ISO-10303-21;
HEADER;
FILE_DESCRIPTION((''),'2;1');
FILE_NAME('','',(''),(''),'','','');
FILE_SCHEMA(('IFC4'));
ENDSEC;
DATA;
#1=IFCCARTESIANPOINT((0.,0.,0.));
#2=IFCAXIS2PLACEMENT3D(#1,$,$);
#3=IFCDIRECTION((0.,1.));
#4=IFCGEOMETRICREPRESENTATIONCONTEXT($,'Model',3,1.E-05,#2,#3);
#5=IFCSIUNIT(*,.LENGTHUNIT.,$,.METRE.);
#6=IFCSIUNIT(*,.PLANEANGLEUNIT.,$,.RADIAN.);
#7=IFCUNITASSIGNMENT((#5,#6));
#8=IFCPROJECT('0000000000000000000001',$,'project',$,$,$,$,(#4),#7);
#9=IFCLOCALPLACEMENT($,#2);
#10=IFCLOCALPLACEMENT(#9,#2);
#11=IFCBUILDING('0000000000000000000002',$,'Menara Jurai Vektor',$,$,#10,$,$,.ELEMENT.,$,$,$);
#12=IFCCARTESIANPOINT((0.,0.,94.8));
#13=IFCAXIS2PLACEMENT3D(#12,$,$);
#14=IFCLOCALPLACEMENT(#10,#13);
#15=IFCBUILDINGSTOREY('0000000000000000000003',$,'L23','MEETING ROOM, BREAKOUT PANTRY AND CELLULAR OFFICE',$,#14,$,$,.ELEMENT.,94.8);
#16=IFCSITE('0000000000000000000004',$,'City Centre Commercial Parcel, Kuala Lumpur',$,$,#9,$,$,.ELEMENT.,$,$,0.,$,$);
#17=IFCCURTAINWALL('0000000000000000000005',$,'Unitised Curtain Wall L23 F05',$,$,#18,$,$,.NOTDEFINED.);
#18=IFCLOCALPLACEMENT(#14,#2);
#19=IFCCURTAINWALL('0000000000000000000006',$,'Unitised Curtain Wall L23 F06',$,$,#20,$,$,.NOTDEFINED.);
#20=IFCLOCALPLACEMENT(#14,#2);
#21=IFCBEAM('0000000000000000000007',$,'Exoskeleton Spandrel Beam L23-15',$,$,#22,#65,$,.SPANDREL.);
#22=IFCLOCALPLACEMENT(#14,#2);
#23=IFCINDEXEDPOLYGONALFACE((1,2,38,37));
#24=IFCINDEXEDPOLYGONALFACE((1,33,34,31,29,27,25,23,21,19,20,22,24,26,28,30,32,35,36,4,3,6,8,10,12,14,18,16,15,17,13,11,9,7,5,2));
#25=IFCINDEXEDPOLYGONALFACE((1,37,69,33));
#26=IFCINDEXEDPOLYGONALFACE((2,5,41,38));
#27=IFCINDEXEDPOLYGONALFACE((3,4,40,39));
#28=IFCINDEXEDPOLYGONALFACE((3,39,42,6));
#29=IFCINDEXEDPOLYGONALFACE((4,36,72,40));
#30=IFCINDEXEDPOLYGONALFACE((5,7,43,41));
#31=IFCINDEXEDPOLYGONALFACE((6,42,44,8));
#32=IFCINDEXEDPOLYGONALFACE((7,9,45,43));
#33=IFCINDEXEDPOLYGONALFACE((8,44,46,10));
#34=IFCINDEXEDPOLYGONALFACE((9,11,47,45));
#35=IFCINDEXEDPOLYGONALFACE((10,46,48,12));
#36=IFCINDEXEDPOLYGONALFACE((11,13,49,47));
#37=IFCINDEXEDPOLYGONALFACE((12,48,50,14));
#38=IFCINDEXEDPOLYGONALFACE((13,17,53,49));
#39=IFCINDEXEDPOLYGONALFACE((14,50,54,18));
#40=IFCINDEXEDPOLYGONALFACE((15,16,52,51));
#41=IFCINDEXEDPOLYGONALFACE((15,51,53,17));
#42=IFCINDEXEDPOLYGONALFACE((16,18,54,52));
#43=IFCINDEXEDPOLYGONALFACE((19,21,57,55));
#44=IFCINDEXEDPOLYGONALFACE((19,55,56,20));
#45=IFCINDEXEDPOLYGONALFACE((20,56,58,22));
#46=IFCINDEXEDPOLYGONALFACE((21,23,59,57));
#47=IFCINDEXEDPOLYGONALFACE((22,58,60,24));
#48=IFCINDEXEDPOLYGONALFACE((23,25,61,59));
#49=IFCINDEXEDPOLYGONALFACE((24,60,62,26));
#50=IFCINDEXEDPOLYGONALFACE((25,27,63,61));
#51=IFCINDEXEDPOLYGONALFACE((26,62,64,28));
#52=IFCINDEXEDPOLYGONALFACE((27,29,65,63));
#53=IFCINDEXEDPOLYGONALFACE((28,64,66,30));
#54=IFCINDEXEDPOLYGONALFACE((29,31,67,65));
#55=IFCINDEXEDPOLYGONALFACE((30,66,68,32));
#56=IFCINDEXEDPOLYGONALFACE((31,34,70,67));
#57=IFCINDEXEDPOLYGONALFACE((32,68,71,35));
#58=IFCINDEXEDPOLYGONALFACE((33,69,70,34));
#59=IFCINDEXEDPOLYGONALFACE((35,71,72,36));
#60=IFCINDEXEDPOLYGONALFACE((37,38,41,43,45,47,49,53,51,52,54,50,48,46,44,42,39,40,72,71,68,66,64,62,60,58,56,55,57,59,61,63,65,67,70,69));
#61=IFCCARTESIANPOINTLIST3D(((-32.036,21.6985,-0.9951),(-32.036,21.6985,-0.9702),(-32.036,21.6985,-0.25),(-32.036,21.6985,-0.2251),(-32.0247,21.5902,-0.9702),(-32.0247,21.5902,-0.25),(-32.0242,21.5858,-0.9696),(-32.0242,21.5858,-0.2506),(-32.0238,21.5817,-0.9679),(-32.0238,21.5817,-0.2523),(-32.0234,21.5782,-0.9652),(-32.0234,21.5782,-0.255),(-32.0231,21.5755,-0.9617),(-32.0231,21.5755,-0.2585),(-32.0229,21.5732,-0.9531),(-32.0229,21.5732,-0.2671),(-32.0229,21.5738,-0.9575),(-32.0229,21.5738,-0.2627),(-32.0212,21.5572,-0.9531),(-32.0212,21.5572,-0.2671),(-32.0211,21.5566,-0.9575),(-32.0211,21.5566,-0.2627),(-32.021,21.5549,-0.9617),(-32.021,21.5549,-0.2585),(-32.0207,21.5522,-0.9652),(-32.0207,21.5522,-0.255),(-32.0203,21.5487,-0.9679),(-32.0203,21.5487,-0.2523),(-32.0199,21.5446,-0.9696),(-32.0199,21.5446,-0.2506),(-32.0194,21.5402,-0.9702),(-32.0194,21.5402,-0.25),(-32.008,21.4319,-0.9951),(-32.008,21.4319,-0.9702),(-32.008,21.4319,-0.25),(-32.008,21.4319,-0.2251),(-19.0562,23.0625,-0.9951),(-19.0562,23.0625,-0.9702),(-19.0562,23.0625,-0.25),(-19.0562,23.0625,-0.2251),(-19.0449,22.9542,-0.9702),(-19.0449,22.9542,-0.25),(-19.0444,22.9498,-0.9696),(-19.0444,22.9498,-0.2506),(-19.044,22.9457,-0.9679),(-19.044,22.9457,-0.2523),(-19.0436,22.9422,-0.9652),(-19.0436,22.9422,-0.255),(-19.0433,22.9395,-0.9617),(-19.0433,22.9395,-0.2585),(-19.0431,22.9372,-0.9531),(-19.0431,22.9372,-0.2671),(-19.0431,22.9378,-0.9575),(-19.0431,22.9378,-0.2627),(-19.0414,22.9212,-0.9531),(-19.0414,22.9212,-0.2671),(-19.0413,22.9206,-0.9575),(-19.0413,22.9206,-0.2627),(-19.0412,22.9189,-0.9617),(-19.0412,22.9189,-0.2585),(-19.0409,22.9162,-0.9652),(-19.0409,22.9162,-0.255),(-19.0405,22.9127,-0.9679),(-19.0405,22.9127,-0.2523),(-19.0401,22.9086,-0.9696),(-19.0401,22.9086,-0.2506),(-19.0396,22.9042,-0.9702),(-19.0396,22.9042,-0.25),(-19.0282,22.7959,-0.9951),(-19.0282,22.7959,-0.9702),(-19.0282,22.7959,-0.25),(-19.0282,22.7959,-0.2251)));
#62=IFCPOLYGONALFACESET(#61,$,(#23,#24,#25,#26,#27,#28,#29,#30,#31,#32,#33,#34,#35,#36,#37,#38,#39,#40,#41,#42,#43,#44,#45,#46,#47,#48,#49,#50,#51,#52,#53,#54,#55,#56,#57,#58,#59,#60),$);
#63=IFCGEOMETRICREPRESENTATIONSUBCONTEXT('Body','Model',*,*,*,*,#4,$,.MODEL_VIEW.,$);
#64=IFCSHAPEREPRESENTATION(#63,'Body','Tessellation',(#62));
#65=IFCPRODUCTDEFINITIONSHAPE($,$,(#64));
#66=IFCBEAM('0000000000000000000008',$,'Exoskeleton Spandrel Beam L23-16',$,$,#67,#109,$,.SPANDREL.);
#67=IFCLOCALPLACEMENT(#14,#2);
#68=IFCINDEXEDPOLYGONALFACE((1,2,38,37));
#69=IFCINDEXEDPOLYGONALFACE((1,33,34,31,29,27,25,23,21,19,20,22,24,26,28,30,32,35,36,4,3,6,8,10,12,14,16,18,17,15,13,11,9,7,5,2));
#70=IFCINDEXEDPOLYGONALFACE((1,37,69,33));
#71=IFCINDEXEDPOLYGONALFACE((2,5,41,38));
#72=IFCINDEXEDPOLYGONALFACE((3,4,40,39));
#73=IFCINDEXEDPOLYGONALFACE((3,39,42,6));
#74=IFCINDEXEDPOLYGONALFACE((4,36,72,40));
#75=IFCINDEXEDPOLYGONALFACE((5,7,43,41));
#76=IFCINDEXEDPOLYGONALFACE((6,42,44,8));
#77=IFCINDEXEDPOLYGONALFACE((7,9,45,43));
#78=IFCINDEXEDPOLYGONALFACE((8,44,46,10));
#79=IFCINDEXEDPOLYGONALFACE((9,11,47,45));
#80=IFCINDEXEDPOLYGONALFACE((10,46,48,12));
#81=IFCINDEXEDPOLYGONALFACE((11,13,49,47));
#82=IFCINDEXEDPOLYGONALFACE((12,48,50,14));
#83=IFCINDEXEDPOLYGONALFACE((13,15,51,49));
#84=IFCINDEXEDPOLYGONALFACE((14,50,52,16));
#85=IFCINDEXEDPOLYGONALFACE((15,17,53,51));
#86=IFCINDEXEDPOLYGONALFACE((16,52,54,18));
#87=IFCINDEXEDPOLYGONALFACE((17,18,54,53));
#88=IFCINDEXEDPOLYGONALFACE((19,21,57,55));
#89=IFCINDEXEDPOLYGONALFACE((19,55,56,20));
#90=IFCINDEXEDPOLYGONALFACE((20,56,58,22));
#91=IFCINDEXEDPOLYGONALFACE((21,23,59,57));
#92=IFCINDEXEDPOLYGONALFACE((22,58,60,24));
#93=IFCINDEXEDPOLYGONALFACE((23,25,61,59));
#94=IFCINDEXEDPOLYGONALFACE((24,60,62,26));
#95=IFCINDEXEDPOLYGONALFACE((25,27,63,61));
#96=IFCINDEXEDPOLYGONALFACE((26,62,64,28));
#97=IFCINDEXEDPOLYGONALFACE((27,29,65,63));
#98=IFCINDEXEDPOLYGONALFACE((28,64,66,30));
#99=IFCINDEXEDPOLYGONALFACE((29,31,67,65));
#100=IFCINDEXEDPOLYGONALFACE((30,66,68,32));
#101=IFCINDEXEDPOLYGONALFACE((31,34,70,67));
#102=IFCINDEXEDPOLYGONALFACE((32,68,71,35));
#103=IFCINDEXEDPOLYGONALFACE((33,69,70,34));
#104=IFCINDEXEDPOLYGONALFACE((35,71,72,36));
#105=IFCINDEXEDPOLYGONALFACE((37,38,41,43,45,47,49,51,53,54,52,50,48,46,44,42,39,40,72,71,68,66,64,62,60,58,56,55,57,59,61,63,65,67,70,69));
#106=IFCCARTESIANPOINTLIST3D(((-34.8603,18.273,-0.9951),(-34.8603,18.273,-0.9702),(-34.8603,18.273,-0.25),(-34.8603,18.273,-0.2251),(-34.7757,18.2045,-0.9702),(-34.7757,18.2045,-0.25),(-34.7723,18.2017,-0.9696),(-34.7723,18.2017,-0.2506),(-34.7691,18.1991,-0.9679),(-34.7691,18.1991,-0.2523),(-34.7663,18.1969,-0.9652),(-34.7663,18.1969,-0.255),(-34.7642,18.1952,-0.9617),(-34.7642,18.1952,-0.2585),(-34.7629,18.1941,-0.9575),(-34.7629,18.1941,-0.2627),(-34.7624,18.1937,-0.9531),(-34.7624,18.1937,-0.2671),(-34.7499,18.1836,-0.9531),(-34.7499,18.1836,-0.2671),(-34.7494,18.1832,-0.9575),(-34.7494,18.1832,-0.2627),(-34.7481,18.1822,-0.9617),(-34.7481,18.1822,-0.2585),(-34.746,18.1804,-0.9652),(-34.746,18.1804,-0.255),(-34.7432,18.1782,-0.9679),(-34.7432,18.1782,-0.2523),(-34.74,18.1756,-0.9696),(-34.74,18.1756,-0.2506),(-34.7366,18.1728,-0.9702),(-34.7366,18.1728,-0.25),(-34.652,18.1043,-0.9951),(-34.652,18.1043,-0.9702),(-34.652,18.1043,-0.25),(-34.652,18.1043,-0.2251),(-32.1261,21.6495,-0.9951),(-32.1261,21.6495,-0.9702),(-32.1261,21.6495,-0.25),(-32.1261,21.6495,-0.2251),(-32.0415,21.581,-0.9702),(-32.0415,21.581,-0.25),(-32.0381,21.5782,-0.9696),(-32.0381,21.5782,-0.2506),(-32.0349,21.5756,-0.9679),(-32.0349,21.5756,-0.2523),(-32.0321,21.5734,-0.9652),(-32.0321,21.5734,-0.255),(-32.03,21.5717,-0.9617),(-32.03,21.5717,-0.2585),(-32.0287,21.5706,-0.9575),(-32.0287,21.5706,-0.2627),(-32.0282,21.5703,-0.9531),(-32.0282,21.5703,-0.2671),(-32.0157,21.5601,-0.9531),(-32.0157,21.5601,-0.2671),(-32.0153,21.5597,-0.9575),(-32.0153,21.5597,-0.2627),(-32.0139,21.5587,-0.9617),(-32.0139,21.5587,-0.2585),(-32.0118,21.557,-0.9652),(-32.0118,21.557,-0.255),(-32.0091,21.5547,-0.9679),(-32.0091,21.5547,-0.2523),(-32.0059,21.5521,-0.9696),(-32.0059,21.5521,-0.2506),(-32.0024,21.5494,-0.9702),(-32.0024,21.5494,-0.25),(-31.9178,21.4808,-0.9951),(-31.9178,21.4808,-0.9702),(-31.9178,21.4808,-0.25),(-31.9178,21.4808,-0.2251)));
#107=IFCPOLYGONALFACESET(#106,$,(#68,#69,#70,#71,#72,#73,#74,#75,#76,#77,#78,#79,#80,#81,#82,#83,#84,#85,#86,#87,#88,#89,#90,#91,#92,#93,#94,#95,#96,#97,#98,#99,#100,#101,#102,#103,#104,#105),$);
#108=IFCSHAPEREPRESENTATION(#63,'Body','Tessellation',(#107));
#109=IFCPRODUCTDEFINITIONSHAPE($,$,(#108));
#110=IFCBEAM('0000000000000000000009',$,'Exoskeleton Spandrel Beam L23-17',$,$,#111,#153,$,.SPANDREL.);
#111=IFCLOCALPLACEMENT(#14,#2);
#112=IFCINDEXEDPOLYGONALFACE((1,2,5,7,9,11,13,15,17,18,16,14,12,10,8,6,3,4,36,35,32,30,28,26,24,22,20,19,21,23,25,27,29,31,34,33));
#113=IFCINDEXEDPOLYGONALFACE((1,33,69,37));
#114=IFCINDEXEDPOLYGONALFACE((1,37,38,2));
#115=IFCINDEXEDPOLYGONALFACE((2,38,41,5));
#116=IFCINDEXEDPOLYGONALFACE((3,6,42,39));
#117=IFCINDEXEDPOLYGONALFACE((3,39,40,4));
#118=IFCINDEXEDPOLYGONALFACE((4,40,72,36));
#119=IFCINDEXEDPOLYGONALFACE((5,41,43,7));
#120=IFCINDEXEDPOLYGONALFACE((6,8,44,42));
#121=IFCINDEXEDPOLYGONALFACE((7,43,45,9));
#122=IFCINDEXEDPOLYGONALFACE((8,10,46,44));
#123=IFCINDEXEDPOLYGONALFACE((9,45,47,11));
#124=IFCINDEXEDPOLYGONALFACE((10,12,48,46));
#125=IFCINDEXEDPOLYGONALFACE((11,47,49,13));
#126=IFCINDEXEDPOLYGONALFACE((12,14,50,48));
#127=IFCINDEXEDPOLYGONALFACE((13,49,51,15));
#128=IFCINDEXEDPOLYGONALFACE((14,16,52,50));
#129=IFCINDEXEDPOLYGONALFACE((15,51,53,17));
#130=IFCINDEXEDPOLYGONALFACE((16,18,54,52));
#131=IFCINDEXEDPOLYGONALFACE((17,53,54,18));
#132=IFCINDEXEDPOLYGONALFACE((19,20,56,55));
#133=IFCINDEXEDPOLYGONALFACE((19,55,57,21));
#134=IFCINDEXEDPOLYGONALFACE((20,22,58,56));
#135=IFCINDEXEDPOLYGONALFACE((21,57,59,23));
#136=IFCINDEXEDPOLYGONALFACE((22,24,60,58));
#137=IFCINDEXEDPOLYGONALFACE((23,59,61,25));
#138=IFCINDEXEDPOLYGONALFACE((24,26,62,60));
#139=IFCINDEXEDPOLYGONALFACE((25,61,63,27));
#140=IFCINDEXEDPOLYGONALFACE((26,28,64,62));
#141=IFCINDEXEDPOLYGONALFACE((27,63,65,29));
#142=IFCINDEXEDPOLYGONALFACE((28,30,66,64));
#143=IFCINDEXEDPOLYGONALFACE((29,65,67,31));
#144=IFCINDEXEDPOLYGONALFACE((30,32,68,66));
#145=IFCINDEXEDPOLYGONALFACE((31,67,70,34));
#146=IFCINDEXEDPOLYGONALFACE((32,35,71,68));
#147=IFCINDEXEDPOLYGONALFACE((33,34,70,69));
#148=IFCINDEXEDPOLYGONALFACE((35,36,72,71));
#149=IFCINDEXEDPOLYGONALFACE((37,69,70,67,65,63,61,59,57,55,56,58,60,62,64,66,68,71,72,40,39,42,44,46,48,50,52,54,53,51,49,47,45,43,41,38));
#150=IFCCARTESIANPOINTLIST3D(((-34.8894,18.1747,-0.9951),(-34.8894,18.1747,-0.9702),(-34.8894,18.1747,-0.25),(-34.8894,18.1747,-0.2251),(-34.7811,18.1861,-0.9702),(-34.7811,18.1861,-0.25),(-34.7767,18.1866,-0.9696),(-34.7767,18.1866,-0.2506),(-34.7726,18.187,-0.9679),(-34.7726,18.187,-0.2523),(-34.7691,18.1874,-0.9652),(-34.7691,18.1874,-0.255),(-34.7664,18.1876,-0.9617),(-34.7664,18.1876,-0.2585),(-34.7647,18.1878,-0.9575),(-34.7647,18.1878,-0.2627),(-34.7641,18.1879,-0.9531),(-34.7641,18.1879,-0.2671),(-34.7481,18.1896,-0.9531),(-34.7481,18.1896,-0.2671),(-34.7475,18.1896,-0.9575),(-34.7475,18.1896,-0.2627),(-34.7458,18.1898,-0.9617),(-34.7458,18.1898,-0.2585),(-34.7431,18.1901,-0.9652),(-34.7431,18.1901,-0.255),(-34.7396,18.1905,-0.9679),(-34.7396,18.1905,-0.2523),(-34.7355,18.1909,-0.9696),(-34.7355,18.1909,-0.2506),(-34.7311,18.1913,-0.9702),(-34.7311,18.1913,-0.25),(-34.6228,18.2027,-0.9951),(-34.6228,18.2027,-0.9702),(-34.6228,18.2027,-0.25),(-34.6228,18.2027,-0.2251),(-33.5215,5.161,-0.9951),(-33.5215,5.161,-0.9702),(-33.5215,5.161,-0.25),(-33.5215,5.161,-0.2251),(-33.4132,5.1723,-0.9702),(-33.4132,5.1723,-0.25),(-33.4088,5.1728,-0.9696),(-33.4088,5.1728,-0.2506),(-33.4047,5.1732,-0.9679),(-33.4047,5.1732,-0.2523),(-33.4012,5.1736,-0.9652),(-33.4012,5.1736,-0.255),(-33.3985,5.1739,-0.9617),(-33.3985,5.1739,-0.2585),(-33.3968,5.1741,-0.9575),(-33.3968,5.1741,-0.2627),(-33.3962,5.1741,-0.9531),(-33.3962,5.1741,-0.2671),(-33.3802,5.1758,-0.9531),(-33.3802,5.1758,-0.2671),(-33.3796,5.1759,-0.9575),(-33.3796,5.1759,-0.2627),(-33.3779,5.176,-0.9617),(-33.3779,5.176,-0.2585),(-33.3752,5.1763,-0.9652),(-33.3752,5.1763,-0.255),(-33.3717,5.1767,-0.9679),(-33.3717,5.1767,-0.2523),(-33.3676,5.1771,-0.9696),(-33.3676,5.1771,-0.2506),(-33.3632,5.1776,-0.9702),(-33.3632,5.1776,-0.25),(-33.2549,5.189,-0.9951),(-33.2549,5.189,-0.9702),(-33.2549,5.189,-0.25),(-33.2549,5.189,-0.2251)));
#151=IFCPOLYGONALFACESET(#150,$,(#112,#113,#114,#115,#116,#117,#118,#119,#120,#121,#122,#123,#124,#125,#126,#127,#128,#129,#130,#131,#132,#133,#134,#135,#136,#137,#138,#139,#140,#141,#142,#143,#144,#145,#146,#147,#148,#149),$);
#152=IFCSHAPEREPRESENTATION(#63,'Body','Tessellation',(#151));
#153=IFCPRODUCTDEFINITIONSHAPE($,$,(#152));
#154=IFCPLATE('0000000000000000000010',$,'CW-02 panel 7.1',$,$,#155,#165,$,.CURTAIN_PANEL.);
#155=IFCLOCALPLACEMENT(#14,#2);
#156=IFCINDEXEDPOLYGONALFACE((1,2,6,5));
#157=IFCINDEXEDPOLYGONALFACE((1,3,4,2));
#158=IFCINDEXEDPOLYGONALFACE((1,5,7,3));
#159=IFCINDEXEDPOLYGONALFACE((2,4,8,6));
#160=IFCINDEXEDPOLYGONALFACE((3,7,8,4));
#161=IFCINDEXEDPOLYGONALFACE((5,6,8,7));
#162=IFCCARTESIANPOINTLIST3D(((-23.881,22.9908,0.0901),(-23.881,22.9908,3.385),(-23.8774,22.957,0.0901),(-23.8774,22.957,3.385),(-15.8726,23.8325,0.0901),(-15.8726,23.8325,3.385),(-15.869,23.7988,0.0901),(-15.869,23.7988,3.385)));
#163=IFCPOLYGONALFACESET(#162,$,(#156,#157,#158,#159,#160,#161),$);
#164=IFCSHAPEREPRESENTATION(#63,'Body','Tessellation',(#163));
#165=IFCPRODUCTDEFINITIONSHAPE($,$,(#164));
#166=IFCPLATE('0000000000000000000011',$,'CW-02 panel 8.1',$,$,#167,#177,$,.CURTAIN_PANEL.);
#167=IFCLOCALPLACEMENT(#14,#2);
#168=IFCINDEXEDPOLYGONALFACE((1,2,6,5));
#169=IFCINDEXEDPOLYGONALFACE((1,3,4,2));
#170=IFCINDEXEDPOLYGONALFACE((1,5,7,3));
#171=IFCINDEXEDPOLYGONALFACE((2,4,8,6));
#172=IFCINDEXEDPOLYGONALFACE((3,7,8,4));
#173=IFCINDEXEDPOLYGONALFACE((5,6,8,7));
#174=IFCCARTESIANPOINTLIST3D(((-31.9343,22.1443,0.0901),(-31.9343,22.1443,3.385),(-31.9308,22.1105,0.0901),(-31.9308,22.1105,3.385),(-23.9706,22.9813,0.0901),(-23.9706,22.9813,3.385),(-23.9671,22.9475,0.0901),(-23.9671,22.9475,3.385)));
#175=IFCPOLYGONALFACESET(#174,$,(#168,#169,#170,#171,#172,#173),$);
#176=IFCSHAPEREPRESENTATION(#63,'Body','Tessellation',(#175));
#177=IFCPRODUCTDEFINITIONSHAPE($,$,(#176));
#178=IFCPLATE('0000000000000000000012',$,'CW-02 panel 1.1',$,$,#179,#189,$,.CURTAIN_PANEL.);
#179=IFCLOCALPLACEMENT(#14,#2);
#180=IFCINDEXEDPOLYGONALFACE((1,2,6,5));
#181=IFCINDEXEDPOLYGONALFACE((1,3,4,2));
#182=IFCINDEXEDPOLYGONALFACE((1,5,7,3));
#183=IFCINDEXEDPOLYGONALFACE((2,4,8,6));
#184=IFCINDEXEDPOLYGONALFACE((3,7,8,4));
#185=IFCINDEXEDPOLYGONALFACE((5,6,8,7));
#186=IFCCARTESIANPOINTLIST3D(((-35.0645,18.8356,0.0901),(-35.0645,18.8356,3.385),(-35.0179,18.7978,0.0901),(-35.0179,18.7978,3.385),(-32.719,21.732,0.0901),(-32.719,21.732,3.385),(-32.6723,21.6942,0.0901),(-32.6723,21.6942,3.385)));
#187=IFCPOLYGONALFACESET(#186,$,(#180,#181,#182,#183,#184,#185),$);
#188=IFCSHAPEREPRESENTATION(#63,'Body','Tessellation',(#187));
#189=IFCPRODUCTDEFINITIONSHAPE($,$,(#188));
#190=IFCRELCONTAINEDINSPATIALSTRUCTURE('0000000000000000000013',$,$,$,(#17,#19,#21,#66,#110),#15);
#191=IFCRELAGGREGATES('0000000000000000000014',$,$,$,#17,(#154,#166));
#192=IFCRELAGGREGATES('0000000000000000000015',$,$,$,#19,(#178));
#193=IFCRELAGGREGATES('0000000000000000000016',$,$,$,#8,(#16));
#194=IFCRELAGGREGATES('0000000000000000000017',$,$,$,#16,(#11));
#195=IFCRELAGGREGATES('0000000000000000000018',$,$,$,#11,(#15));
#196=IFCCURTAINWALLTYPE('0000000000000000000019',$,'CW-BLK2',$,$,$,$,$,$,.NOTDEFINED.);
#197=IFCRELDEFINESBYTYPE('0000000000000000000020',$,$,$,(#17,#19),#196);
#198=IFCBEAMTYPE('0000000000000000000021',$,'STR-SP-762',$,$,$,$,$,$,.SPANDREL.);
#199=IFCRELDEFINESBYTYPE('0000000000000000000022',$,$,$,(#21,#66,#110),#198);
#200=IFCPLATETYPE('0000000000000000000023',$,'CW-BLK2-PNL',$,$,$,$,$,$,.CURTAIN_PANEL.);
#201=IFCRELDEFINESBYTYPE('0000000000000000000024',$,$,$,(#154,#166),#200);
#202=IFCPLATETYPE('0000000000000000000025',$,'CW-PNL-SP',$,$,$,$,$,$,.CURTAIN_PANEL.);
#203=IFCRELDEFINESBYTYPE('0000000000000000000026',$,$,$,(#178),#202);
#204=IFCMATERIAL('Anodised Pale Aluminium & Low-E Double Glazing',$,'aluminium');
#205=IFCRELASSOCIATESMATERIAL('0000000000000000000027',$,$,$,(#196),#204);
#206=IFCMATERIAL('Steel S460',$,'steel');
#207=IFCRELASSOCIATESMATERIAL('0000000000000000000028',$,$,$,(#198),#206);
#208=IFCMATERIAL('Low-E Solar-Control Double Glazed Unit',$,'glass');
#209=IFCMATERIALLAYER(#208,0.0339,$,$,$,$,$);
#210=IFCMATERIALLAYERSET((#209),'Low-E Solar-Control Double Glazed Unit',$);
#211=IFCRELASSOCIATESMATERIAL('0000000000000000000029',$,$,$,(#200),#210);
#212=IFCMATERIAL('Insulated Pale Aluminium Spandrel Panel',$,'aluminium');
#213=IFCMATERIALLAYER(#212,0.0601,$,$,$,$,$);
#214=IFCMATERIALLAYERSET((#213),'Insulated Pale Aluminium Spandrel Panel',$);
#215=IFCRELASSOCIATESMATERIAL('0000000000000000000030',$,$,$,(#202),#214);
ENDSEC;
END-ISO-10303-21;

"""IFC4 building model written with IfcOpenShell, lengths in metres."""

from ifc_helpers import new_model, si_unit, direction, frame, origin, origin_2d, place, context, subcontext, project, spatial, rectangle, i_section, extrude, material, layer, layer_set, material_profile, profile_set, type_object, element, aggregate, save


model = new_model("IFC4")

# Units and contexts
model_context = context("Model", 3, precision=1e-05, world=origin(), true_north=direction((0.0, 1.0)))
body_context = subcontext(model_context, "Body", "Model", "MODEL_VIEW")
ifc_project = project(units=[si_unit("LENGTHUNIT", "METRE"), si_unit("PLANEANGLEUNIT", "RADIAN")], contexts=[model_context])

# Site, building, storey
site_placement = place(None, origin())
site = spatial("IfcSite", under=ifc_project, at=site_placement, Name="City Centre Commercial Parcel, Kuala Lumpur", CompositionType="ELEMENT", RefElevation=0.0)
building_placement = place(site_placement, origin())
building = spatial("IfcBuilding", under=site, at=building_placement, Name="Menara Jurai Vektor", CompositionType="ELEMENT")
storey_placement = place(building_placement, frame((0.0, 0.0, 94.8)))
storey = spatial("IfcBuildingStorey", under=building, at=storey_placement, Name="L23", Description="MEETING ROOM, BREAKOUT PANTRY AND CELLULAR OFFICE", CompositionType="ELEMENT", Elevation=94.8)

# Shared definitions
ifc_material_1 = material(Name="Steel S460", Category="steel")

# Curtain walls
ifc_material_2 = material(Name="Anodised Pale Aluminium & Low-E Double Glazing", Category="aluminium")
curtain_wall_type = type_object("IfcCurtainWallType", Name="CW-BLK2", PredefinedType="NOTDEFINED", material=ifc_material_2)
curtain_wall_1_placement = place(storey_placement, origin())
curtain_wall_1 = element("IfcCurtainWall", 1, at=curtain_wall_1_placement, inside=storey, type_object=curtain_wall_type, Name="Unitised Curtain Wall L23 F05", PredefinedType="NOTDEFINED")
curtain_wall_2_placement = place(storey_placement, origin())
curtain_wall_2 = element("IfcCurtainWall", 2, at=curtain_wall_2_placement, inside=storey, type_object=curtain_wall_type, Name="Unitised Curtain Wall L23 F06", PredefinedType="NOTDEFINED")

# Beams
ifc_material_profile_1 = material_profile(ifc_material_1, i_section(OverallWidth=0.2681, OverallDepth=0.77, WebThickness=0.0161, FlangeThickness=0.0249, FilletRadius=0.0171, at=origin_2d()), Name="UKB 762x267x197")
ifc_profile_set_1 = profile_set([ifc_material_profile_1], Name="Steel S460")
beam_type_1 = type_object("IfcBeamType", Name="STR-SP-762", PredefinedType="SPANDREL", material=ifc_profile_set_1)
beam_1_placement = place(storey_placement, frame((-19.0422, 22.9292, -0.6101), z_axis=(-0.994524, -0.104512, 0.0), x_axis=(0.104512, -0.994524, 0.0)))
element("IfcBeam", 3, at=beam_1_placement, inside=storey, type_object=beam_type_1, Name="Exoskeleton Spandrel Beam L23-15", PredefinedType="SPANDREL", context=body_context, shape_type="SweptSolid", body=[
    extrude(i_section(OverallWidth=0.2681, OverallDepth=0.77, WebThickness=0.0161, FlangeThickness=0.0249, FilletRadius=0.0171, at=origin_2d()), origin(), (0.0, 0.0, 1.0), 13.0513),
])
beam_2_placement = place(storey_placement, frame((-32.022, 21.5652, -0.6101), z_axis=(-0.62931, -0.777155, 0.0), x_axis=(0.777155, -0.62931, 0.0)))
element("IfcBeam", 4, at=beam_2_placement, inside=storey, type_object=beam_type_1, Name="Exoskeleton Spandrel Beam L23-16", PredefinedType="SPANDREL", context=body_context, shape_type="SweptSolid", body=[
    extrude(i_section(OverallWidth=0.2681, OverallDepth=0.77, WebThickness=0.0161, FlangeThickness=0.0249, FilletRadius=0.0171, at=origin_2d()), origin(), (0.0, 0.0, 1.0), 4.3447),
])
beam_3_placement = place(storey_placement, frame((-34.7561, 18.1887, -0.6101), z_axis=(0.104538, -0.994521, 0.0), x_axis=(0.994521, 0.104538, 0.0)))
element("IfcBeam", 5, at=beam_3_placement, inside=storey, type_object=beam_type_1, Name="Exoskeleton Spandrel Beam L23-17", PredefinedType="SPANDREL", context=body_context, shape_type="SweptSolid", body=[
    extrude(i_section(OverallWidth=0.2681, OverallDepth=0.77, WebThickness=0.0161, FlangeThickness=0.0249, FilletRadius=0.0171, at=origin_2d()), origin(), (0.0, 0.0, 1.0), 13.0854),
])

# Plates
ifc_material_3 = material(Name="Low-E Solar-Control Double Glazed Unit", Category="glass")
ifc_layer_1 = layer(ifc_material_3, 0.0339)
ifc_layer_set_1 = layer_set([ifc_layer_1], Name="Low-E Solar-Control Double Glazed Unit")
plate_type_1 = type_object("IfcPlateType", Name="CW-BLK2-PNL", PredefinedType="CURTAIN_PANEL", material=ifc_layer_set_1)
plate_1_placement = place(storey_placement, frame((-19.875, 23.3948, 0.0901), z_axis=(0.0, 0.0, 1.0), x_axis=(-0.994522, -0.104529, 0.0)))
plate_1 = element("IfcPlate", 6, at=plate_1_placement, type_object=plate_type_1, Name="CW-02 panel 7.1", PredefinedType="CURTAIN_PANEL", context=body_context, shape_type="SweptSolid", body=[
    extrude(rectangle(XDim=8.0525, YDim=0.0339, at=origin_2d()), origin(), (0.0, 0.0, 1.0), 3.2949),
])
plate_2_placement = place(storey_placement, frame((-27.9507, 22.5459, 0.0901), z_axis=(0.0, 0.0, 1.0), x_axis=(-0.994522, -0.104529, 0.0)))
plate_2 = element("IfcPlate", 7, at=plate_2_placement, type_object=plate_type_1, Name="CW-02 panel 8.1", PredefinedType="CURTAIN_PANEL", context=body_context, shape_type="SweptSolid", body=[
    extrude(rectangle(XDim=8.0076, YDim=0.0339, at=origin_2d()), origin(), (0.0, 0.0, 1.0), 3.2949),
])
aggregate(curtain_wall_1, [plate_1, plate_2])
ifc_material_4 = material(Name="Insulated Pale Aluminium Spandrel Panel", Category="aluminium")
ifc_layer_2 = layer(ifc_material_4, 0.0601)
ifc_layer_set_2 = layer_set([ifc_layer_2], Name="Insulated Pale Aluminium Spandrel Panel")
plate_type_2 = type_object("IfcPlateType", Name="CW-PNL-SP", PredefinedType="CURTAIN_PANEL", material=ifc_layer_set_2)
plate_3_placement = place(storey_placement, frame((-33.8684, 20.2649, 0.0901), z_axis=(0.0, 0.0, 1.0), x_axis=(-0.629341, -0.777129, 0.0)))
plate_3 = element("IfcPlate", 8, at=plate_3_placement, type_object=plate_type_2, Name="CW-02 panel 1.1", PredefinedType="CURTAIN_PANEL", context=body_context, shape_type="SweptSolid", body=[
    extrude(rectangle(XDim=3.7271, YDim=0.0601, at=origin_2d()), origin(), (0.0, 0.0, 1.0), 3.2949),
])
aggregate(curtain_wall_2, [plate_3])

save(model, "model.ifc")
